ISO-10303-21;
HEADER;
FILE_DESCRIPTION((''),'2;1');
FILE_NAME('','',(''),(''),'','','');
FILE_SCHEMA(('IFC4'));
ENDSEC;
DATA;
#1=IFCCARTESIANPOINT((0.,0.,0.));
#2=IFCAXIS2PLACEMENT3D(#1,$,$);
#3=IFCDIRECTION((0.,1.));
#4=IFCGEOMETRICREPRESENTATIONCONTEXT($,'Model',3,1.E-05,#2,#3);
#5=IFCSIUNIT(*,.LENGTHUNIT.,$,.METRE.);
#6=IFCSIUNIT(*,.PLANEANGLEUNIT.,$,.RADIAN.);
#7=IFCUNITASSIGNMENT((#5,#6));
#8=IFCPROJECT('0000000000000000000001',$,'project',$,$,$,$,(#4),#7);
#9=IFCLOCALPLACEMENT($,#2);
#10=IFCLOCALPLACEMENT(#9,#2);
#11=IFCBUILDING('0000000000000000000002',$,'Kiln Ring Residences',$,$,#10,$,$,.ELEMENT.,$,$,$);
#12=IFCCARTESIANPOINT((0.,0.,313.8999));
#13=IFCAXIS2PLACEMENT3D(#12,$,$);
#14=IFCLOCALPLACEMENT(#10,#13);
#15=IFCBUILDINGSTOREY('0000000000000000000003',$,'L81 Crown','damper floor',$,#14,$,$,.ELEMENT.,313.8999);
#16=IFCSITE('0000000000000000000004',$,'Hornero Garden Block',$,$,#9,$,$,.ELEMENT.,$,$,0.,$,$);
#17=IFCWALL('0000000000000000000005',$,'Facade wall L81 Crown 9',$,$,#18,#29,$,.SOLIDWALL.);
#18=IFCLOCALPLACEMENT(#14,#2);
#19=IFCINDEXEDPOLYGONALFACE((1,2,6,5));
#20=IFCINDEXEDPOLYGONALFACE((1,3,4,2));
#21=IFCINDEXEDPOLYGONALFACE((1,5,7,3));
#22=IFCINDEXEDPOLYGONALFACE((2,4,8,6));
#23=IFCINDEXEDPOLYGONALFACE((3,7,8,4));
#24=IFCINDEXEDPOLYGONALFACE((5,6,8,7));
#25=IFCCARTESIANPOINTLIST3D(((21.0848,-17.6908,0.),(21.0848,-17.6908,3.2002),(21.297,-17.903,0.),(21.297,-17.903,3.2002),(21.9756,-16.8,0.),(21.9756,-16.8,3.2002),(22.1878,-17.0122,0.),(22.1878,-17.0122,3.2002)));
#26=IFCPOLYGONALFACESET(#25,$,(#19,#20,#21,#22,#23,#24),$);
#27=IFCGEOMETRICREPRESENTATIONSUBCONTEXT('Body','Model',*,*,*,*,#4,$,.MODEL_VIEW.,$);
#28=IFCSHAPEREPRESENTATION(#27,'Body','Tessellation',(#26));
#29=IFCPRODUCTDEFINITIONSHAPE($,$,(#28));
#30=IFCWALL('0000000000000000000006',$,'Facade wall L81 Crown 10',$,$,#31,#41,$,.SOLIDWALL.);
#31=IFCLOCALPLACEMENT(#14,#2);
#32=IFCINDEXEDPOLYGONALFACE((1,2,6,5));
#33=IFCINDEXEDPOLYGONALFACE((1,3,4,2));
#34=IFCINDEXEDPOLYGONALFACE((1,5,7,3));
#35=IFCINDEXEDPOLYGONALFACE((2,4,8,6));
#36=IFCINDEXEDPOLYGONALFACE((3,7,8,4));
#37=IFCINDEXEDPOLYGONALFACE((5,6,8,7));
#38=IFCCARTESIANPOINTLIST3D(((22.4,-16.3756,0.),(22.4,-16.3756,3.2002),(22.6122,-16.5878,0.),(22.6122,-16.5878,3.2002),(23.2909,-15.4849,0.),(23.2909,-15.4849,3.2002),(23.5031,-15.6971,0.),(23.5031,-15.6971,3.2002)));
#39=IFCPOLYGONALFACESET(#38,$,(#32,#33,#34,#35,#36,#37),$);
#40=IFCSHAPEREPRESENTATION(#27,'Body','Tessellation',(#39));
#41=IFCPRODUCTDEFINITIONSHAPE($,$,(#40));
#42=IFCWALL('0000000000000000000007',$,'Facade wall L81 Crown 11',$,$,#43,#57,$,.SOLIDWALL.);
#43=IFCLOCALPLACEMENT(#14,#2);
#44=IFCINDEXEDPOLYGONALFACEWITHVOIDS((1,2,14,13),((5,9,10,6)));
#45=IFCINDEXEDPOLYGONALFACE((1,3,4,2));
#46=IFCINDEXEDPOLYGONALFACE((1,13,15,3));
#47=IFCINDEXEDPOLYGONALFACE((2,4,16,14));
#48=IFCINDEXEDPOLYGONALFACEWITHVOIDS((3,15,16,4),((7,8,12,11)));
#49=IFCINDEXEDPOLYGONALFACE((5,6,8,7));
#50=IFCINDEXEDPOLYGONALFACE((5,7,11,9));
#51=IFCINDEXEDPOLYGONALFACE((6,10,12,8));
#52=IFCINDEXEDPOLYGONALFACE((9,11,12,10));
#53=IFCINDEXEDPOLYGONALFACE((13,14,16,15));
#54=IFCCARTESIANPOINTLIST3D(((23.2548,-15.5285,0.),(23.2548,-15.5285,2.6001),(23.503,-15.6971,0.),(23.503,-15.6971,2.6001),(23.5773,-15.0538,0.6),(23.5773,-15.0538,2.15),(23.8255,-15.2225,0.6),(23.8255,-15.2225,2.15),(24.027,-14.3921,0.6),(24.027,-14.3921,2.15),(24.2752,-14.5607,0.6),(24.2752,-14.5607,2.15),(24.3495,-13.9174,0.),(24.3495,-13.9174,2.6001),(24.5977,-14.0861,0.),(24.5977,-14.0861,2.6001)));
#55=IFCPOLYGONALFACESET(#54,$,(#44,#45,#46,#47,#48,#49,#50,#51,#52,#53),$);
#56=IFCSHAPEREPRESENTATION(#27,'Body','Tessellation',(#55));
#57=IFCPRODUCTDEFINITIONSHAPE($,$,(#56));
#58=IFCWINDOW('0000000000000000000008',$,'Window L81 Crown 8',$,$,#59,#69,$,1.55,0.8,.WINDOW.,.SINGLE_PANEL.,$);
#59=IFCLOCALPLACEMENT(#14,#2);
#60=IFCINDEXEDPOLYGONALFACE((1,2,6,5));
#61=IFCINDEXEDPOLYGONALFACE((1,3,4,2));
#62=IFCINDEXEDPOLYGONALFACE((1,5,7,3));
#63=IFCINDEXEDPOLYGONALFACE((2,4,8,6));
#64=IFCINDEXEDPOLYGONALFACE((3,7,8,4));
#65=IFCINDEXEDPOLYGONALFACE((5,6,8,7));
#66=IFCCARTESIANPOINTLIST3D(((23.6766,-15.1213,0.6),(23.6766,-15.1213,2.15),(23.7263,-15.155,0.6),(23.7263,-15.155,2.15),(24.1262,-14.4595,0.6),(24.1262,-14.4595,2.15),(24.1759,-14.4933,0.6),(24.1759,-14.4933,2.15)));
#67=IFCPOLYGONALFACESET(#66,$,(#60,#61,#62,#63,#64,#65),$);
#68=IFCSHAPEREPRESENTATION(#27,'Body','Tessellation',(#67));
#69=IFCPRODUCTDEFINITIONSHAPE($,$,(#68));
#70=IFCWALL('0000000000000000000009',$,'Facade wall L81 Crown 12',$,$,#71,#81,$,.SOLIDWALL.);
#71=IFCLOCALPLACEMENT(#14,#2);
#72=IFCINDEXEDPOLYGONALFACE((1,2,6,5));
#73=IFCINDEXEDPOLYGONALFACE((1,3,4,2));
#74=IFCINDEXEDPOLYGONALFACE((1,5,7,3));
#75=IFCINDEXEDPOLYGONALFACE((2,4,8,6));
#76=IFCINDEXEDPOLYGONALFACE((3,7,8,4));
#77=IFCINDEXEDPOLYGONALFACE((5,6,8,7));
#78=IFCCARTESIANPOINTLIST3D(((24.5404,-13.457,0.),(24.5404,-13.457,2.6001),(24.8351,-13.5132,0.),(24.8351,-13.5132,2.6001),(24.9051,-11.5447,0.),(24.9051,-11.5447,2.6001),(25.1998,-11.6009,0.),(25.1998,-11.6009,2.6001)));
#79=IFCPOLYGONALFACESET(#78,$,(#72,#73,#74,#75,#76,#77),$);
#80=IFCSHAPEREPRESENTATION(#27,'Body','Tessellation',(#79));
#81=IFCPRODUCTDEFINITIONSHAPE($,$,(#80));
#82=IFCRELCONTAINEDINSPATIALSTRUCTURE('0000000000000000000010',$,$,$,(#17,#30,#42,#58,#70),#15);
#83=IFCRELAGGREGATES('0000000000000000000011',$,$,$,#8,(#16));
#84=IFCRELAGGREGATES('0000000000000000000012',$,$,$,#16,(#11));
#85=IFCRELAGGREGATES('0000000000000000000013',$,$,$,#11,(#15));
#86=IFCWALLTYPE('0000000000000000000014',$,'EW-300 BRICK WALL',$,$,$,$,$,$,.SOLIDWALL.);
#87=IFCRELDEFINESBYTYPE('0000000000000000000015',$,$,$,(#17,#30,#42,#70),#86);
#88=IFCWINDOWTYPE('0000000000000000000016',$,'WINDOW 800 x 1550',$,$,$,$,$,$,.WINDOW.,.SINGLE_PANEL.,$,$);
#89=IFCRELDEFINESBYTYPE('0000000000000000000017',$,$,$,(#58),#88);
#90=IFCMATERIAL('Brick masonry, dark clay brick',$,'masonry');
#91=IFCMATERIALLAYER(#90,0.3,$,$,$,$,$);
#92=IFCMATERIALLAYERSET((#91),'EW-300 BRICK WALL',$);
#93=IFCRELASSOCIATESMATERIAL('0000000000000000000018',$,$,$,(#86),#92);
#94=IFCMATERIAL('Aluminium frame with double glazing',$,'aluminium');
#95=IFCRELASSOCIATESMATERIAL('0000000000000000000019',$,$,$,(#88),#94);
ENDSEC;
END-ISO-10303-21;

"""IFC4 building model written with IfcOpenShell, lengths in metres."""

from ifc_helpers import new_model, si_unit, direction, frame, frame_2d, origin, place, context, subcontext, project, spatial, rectangle, extrude, material, layer, layer_set, type_object, element, fill, save


model = new_model("IFC4")

# Units and contexts
model_context = context("Model", 3, precision=1e-05, world=origin(), true_north=direction((0.0, 1.0)))
body_context = subcontext(model_context, "Body", "Model", "MODEL_VIEW")
ifc_project = project(units=[si_unit("LENGTHUNIT", "METRE"), si_unit("PLANEANGLEUNIT", "RADIAN")], contexts=[model_context])

# Site, building, storey
site_placement = place(None, origin())
site = spatial("IfcSite", under=ifc_project, at=site_placement, Name="Hornero Garden Block", CompositionType="ELEMENT", RefElevation=0.0)
building_placement = place(site_placement, origin())
building = spatial("IfcBuilding", under=site, at=building_placement, Name="Kiln Ring Residences", CompositionType="ELEMENT")
storey_placement = place(building_placement, frame((0.0, 0.0, 313.8999)))
storey = spatial("IfcBuildingStorey", under=building, at=storey_placement, Name="L81 Crown", Description="damper floor", CompositionType="ELEMENT", Elevation=313.8999)

# Shared definitions
ifc_material_1 = material(Name="Brick masonry, dark clay brick", Category="masonry")
ifc_layer_1 = layer(ifc_material_1, 0.3)
ifc_layer_set_1 = layer_set([ifc_layer_1], Name="EW-300 BRICK WALL")
wall_type_1 = type_object("IfcWallType", Name="EW-300 BRICK WALL", PredefinedType="SOLIDWALL", material=ifc_layer_set_1)
ifc_material_2 = material(Name="Aluminium frame with double glazing", Category="aluminium")
window_type = type_object("IfcWindowType", Name="WINDOW 800 x 1550", PartitioningType="SINGLE_PANEL", PredefinedType="WINDOW", material=ifc_material_2)

# Walls
for number, where, z_axis, x_axis, name in (
    (1, (21.1909, -17.7969, 0.0), (0.0, 0.0, 1.0), (0.707107, 0.707107, 0.0), "Facade wall L81 Crown 9"),
    (2, (22.5061, -16.4817, 0.0), (0.0, 0.0, 1.0), (0.707204, 0.70701, 0.0), "Facade wall L81 Crown 10"),
):
    element("IfcWall", number, at=place(storey_placement, frame(where, z_axis=z_axis, x_axis=x_axis)), inside=storey, type_object=wall_type_1, Name=name, PredefinedType="SOLIDWALL", context=body_context, shape_type="SweptSolid", body=[
        extrude(rectangle(XDim=1.2598, YDim=0.3, at=frame_2d((0.6299, 0.0))), origin(), (0.0, 0.0, 1.0), 3.2002),
    ])

# Wall, opening, window
wall_1_placement = place(storey_placement, frame((23.3789, -15.6128, 0.0), z_axis=(0.0, 0.0, 1.0), x_axis=(0.562025, 0.82712, 0.0)))
wall_1 = element("IfcWall", 3, at=wall_1_placement, inside=storey, type_object=wall_type_1, Name="Facade wall L81 Crown 11", PredefinedType="SOLIDWALL", context=body_context, shape_type="SweptSolid", body=[
    extrude(rectangle(XDim=1.9478, YDim=0.3, at=frame_2d((0.9739, 0.0))), origin(), (0.0, 0.0, 1.0), 2.6001),
])
opening_1_placement = place(wall_1_placement, frame((0.574, 0.0, 0.6001)))
opening_1 = element("IfcOpeningElement", 4, at=opening_1_placement, cuts=wall_1, PredefinedType="OPENING", context=body_context, shape_type="SweptSolid", body=[
    extrude(rectangle(XDim=0.8, YDim=1.55, at=frame_2d((0.3999, 0.7749))), frame((0.0, 0.1599, 0.0), z_axis=(0.0, -1.0, 0.0), x_axis=(1.0, 0.0, 0.0)), (0.0, 0.0, 1.0), 0.3201),
])
window_1_placement = place(opening_1_placement, origin())
window_1 = element("IfcWindow", 5, at=window_1_placement, inside=storey, type_object=window_type, Name="Window L81 Crown 8", OverallHeight=1.55, OverallWidth=0.8, PartitioningType="SINGLE_PANEL", PredefinedType="WINDOW", context=body_context, shape_type="SweptSolid", body=[
    extrude(rectangle(XDim=0.8, YDim=1.55, at=frame_2d((0.3999, 0.7749))), frame((0.0, 0.03, 0.0), z_axis=(0.0, -1.0, 0.0), x_axis=(1.0, 0.0, 0.0)), (0.0, 0.0, 1.0), 0.0601),
])
fill(opening_1, window_1)

# Wall
wall_2_placement = place(storey_placement, frame((24.6877, -13.4851, 0.0), z_axis=(0.0, 0.0, 1.0), x_axis=(0.187354, 0.982292, 0.0)))
element("IfcWall", 6, at=wall_2_placement, inside=storey, type_object=wall_type_1, Name="Facade wall L81 Crown 12", PredefinedType="SOLIDWALL", context=body_context, shape_type="SweptSolid", body=[
    extrude(rectangle(XDim=1.9468, YDim=0.3, at=frame_2d((0.9734, 0.0))), origin(), (0.0, 0.0, 1.0), 2.6001),
])

save(model, "model.ifc")
